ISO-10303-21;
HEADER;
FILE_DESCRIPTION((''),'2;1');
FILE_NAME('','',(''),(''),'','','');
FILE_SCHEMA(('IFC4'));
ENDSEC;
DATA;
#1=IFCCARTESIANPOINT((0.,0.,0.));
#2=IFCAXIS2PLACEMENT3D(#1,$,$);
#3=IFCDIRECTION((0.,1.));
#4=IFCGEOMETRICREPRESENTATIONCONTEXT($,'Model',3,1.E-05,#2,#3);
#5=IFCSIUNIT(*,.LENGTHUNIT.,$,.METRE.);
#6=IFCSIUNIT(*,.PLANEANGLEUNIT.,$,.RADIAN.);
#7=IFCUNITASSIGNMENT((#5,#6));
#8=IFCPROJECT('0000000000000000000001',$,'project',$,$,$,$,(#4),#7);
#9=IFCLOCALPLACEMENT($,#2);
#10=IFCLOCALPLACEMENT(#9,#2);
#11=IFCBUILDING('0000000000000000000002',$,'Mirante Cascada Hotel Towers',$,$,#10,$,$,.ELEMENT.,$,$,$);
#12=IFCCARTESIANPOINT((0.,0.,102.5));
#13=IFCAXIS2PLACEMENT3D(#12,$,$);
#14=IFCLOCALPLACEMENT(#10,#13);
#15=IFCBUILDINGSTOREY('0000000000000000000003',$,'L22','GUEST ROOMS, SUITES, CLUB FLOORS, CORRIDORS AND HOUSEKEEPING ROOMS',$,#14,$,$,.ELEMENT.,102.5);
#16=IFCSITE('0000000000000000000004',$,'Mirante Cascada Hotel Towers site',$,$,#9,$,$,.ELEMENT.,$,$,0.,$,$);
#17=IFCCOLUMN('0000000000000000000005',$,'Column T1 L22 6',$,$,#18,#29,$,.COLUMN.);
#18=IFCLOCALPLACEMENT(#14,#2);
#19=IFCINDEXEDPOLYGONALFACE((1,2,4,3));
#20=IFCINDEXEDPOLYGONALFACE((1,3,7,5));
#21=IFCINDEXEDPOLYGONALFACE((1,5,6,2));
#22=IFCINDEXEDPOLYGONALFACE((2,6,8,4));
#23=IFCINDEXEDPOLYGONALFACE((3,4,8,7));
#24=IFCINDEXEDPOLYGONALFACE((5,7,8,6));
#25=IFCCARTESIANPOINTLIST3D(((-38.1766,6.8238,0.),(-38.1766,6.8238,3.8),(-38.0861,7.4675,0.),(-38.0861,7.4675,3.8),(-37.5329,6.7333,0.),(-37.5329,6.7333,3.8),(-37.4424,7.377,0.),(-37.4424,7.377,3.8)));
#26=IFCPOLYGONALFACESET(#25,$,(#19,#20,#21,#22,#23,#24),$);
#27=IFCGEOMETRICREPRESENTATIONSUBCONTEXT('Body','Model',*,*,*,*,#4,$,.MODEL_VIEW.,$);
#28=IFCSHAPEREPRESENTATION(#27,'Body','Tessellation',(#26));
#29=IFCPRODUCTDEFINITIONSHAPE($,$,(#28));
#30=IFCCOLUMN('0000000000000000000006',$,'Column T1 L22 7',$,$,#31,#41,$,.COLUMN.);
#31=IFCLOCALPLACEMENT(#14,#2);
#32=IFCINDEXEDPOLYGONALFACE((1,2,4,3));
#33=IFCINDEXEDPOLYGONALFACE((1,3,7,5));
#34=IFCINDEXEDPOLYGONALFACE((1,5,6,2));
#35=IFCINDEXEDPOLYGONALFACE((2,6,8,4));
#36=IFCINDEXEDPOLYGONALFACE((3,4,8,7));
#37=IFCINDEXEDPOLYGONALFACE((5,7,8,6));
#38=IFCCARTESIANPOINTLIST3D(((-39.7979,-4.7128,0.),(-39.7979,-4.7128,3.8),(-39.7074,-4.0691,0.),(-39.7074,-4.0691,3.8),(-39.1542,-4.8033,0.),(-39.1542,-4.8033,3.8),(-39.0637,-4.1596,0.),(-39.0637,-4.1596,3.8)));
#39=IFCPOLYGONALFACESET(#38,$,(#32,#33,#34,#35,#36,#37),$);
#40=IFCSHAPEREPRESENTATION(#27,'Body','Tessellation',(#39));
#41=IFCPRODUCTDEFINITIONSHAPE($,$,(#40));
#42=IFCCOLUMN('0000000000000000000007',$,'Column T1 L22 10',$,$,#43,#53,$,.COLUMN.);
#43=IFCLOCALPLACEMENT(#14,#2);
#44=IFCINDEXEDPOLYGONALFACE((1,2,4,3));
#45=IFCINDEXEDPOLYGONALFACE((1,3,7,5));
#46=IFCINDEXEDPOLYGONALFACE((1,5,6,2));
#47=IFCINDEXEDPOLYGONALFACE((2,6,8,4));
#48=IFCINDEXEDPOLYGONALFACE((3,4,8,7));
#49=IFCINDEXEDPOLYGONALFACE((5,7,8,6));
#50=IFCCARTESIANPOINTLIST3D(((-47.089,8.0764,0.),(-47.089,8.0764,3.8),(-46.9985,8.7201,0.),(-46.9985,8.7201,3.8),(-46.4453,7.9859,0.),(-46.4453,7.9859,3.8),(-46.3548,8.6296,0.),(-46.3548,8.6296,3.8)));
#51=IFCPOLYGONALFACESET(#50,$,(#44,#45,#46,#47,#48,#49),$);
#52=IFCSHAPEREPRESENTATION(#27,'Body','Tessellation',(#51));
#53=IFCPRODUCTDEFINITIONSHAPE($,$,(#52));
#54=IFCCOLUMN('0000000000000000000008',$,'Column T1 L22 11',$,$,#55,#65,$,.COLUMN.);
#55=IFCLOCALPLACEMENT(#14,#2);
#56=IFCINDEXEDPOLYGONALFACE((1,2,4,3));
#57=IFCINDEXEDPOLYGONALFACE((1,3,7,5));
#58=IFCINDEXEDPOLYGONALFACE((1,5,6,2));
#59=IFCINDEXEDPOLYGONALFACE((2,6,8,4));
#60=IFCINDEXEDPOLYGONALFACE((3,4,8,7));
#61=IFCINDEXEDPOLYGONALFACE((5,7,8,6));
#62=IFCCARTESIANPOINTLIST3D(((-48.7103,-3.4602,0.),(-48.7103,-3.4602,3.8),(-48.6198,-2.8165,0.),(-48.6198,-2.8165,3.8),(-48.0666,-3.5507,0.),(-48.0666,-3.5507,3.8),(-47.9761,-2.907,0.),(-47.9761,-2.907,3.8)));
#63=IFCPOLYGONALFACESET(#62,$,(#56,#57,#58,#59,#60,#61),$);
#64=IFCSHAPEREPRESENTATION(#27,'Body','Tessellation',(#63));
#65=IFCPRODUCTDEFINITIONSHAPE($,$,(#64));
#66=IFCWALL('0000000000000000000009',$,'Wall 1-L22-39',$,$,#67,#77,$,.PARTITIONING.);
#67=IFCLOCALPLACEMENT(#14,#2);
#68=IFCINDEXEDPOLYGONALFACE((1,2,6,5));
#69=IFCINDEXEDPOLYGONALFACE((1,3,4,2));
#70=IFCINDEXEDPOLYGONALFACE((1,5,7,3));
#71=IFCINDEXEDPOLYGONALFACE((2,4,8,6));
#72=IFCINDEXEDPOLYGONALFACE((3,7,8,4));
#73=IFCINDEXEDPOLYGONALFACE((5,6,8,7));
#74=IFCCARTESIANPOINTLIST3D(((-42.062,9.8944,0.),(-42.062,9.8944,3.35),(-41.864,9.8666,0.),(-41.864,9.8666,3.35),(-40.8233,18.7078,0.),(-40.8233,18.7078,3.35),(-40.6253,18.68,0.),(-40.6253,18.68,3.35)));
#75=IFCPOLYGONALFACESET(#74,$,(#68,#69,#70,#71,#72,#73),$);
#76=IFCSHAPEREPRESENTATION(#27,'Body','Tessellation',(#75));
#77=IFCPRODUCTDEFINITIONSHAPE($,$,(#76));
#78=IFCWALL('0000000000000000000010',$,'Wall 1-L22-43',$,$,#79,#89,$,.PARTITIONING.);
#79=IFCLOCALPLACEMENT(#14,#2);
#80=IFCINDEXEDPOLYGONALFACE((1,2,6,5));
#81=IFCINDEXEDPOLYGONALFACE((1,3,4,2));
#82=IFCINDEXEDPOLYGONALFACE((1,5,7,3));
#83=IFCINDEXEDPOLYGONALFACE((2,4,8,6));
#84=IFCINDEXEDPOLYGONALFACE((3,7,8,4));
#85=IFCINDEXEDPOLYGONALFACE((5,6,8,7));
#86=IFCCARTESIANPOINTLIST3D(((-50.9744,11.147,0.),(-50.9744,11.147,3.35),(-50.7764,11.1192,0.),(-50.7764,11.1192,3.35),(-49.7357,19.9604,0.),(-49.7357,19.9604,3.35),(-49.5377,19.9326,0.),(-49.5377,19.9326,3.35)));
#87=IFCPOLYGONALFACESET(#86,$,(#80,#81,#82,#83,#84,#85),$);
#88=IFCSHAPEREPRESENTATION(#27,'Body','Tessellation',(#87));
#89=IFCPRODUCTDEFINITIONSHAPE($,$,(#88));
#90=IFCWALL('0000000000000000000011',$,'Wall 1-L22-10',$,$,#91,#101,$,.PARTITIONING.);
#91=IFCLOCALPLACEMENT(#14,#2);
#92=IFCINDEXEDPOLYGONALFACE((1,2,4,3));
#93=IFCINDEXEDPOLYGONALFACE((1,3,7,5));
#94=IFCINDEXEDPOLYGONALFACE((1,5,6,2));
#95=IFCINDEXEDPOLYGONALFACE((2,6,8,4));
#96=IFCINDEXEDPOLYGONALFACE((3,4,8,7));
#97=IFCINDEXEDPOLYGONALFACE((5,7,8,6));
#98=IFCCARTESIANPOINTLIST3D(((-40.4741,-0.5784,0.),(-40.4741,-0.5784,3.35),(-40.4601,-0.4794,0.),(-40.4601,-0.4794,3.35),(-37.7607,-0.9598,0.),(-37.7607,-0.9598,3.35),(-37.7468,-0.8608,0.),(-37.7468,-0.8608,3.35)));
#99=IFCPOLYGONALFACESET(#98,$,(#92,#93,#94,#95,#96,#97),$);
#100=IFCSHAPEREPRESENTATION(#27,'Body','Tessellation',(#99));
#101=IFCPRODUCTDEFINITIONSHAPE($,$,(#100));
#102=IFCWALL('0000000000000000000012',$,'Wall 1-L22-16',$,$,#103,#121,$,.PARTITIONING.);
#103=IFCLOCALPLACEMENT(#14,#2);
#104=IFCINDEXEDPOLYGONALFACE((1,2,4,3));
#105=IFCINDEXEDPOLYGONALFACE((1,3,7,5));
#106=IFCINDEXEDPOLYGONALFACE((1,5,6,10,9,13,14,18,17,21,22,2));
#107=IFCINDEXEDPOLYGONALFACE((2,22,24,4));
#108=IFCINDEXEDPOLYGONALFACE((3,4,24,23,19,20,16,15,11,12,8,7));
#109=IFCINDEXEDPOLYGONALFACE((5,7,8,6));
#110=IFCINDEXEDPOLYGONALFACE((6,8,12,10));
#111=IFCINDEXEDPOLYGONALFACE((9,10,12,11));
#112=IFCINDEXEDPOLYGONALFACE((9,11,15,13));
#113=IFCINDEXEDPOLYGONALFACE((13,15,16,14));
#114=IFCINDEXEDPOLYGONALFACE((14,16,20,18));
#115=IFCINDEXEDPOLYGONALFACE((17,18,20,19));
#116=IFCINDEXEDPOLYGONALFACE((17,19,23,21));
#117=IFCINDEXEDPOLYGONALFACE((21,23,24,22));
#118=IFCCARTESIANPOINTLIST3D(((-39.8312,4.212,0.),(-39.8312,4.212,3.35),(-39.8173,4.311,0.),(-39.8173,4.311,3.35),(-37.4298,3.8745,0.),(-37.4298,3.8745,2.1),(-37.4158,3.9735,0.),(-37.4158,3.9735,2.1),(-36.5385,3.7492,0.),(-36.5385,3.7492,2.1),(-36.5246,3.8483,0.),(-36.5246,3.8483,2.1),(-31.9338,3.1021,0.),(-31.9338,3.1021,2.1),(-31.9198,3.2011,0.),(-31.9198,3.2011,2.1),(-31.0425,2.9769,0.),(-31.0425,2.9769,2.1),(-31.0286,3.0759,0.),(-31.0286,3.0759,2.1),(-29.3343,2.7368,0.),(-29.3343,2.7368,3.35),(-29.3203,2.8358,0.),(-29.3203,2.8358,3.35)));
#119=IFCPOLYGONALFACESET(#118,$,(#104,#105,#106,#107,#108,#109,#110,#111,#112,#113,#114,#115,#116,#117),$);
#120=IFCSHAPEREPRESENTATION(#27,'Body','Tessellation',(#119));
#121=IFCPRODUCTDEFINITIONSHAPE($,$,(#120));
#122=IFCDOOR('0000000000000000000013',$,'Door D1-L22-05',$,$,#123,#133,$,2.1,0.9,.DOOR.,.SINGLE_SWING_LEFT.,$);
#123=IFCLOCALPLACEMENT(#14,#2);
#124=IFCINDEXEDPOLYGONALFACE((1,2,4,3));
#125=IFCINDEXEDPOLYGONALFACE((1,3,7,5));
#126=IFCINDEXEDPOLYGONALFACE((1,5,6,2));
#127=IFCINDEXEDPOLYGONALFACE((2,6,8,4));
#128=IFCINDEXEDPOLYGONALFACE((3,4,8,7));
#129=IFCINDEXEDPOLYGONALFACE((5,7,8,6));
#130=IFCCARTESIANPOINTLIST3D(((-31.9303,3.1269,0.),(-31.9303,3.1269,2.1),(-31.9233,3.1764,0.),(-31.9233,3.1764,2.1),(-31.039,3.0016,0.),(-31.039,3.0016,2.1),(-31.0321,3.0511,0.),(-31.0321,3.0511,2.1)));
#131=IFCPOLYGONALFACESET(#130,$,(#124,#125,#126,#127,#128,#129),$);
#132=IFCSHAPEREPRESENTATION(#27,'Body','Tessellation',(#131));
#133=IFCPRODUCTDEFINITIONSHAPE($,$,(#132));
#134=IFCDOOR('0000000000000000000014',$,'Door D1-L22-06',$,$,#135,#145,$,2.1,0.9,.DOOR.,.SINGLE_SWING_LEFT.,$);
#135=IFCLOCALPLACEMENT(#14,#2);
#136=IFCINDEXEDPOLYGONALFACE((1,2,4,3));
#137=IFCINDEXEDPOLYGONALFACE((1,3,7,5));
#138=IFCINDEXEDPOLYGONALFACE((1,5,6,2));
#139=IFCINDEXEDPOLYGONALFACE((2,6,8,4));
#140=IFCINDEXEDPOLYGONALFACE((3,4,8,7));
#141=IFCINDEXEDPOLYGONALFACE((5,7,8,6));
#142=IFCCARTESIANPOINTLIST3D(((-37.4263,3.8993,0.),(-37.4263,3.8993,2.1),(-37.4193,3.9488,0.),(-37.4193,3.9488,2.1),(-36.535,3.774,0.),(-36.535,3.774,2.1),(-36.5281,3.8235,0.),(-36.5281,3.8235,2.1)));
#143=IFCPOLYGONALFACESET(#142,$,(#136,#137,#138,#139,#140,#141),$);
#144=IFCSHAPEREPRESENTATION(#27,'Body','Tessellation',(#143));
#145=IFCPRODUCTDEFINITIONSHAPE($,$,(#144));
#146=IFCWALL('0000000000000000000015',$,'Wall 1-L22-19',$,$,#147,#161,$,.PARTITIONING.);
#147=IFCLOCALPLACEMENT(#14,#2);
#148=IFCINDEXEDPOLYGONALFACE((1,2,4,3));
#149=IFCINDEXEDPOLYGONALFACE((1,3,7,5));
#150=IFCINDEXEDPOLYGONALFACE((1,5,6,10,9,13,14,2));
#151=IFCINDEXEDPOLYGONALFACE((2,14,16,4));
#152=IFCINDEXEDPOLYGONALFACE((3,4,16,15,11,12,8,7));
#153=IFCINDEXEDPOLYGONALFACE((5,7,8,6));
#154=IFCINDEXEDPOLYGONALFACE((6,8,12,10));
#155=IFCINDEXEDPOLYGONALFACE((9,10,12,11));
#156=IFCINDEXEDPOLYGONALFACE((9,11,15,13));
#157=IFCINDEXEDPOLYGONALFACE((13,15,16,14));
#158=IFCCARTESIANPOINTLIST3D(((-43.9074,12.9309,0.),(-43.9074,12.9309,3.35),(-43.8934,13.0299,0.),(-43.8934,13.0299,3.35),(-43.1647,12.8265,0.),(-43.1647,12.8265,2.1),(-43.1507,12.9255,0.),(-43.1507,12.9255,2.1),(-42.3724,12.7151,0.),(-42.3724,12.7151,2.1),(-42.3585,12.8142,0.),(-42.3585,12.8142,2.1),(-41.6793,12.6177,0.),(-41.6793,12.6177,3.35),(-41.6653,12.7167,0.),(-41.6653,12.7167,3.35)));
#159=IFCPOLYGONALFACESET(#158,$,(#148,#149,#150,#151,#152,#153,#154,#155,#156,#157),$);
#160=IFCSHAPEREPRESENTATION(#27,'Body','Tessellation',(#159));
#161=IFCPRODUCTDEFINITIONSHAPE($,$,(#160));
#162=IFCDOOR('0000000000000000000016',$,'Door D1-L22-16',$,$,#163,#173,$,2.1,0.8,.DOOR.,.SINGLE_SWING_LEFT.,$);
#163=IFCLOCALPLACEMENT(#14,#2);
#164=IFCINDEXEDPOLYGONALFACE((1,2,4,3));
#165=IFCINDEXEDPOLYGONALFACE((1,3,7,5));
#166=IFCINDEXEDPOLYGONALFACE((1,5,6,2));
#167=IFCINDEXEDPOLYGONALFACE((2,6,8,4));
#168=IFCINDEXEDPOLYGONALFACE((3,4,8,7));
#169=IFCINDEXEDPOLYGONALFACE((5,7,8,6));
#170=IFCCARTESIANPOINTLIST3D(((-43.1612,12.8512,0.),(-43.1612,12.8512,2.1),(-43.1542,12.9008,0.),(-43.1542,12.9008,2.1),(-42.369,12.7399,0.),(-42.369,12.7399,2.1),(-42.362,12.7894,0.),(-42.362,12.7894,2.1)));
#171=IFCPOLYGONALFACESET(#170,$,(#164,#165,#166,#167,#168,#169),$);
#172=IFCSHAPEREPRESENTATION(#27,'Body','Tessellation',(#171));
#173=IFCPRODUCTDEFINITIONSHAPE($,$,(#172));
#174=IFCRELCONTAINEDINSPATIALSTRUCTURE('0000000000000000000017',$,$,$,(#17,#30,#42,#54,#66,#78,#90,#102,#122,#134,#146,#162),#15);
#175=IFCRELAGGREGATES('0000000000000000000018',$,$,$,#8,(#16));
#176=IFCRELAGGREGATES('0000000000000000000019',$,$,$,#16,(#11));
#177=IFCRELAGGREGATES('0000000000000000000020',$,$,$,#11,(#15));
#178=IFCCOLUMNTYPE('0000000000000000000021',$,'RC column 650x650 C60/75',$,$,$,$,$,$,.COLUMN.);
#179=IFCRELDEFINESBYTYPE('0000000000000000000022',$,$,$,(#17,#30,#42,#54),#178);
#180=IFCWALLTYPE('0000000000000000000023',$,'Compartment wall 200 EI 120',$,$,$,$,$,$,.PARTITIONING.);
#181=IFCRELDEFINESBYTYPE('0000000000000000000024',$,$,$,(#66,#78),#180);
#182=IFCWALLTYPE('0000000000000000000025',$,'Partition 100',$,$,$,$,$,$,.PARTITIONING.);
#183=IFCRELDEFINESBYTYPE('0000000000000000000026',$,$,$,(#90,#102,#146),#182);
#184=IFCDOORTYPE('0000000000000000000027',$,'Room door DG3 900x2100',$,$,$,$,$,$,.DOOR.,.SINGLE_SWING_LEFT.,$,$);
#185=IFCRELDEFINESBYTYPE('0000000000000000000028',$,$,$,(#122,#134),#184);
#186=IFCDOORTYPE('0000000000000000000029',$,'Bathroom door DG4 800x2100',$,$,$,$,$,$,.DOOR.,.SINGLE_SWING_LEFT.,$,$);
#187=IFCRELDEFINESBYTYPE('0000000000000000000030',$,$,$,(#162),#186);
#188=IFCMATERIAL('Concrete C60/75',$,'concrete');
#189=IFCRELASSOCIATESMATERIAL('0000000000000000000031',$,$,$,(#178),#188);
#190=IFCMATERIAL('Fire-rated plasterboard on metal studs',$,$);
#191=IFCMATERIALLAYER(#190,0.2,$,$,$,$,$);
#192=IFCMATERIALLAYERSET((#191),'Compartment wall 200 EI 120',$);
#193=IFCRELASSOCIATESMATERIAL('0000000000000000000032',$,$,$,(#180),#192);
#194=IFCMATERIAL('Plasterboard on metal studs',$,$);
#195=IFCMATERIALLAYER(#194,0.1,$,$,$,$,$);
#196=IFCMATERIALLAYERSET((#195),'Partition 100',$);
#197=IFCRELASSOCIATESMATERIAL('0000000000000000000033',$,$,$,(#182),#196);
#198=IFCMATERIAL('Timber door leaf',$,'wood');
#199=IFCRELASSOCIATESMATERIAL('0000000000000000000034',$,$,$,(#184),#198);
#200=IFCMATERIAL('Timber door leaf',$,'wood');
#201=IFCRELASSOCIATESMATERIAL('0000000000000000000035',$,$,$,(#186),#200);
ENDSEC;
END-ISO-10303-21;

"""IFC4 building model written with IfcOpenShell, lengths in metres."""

from ifc_helpers import new_model, si_unit, direction, frame, frame_2d, origin, origin_2d, place, context, subcontext, project, spatial, rectangle, extrude, material, layer, layer_set, material_profile, profile_set, type_object, element, fill, save


model = new_model("IFC4")

# Units and contexts
model_context = context("Model", 3, precision=1e-05, world=origin(), true_north=direction((0.0, 1.0)))
body_context = subcontext(model_context, "Body", "Model", "MODEL_VIEW")
ifc_project = project(units=[si_unit("LENGTHUNIT", "METRE"), si_unit("PLANEANGLEUNIT", "RADIAN")], contexts=[model_context])

# Site, building, storey
site_placement = place(None, origin())
site = spatial("IfcSite", under=ifc_project, at=site_placement, Name="Mirante Cascada Hotel Towers site", CompositionType="ELEMENT", RefElevation=0.0)
building_placement = place(site_placement, origin())
building = spatial("IfcBuilding", under=site, at=building_placement, Name="Mirante Cascada Hotel Towers", CompositionType="ELEMENT")
storey_placement = place(building_placement, frame((0.0, 0.0, 102.5)))
storey = spatial("IfcBuildingStorey", under=building, at=storey_placement, Name="L22", Description="GUEST ROOMS, SUITES, CLUB FLOORS, CORRIDORS AND HOUSEKEEPING ROOMS", CompositionType="ELEMENT", Elevation=102.5)

# Columns
ifc_material_1 = material(Name="Concrete C60/75", Category="concrete")
ifc_material_profile = material_profile(ifc_material_1, rectangle(XDim=0.65, YDim=0.65, at=origin_2d()), Name="RC column 650x650 C60/75")
ifc_profile_set = profile_set([ifc_material_profile], Name="Concrete C60/75")
column_type = type_object("IfcColumnType", Name="RC column 650x650 C60/75", PredefinedType="COLUMN", material=ifc_profile_set)
for number, where, z_axis, x_axis, name in (
    (1, (-37.8095, 7.1004, 0.0), (0.0, 0.0, 1.0), (-0.990268, 0.139173, 0.0), "Column T1 L22 6"),
    (2, (-39.4308, -4.4362, 0.0), (0.0, 0.0, 1.0), (-0.990268, 0.139173, 0.0), "Column T1 L22 7"),
    (3, (-46.7219, 8.353, 0.0), (0.0, 0.0, 1.0), (-0.990268, 0.139173, 0.0), "Column T1 L22 10"),
    (4, (-48.3432, -3.1836, 0.0), (0.0, 0.0, 1.0), (-0.990268, 0.139173, 0.0), "Column T1 L22 11"),
):
    element("IfcColumn", number, at=place(storey_placement, frame(where, z_axis=z_axis, x_axis=x_axis)), inside=storey, type_object=column_type, Name=name, PredefinedType="COLUMN", context=body_context, shape_type="SweptSolid", body=[
        extrude(rectangle(XDim=0.65, YDim=0.65, at=origin_2d()), origin(), (0.0, 0.0, 1.0), 3.8),
    ])

# Walls
ifc_material_2 = material(Name="Fire-rated plasterboard on metal studs")
ifc_layer_1 = layer(ifc_material_2, 0.2)
ifc_layer_set_1 = layer_set([ifc_layer_1], Name="Compartment wall 200 EI 120")
wall_type_1 = type_object("IfcWallType", Name="Compartment wall 200 EI 120", PredefinedType="PARTITIONING", material=ifc_layer_set_1)
for number, where, z_axis, x_axis, name in (
    (5, (-41.963, 9.8805, 0.0), (0.0, 0.0, 1.0), (0.139179, 0.990267, 0.0), "Wall 1-L22-39"),
    (6, (-50.8754, 11.1331, 0.0), (0.0, 0.0, 1.0), (0.139179, 0.990267, 0.0), "Wall 1-L22-43"),
):
    element("IfcWall", number, at=place(storey_placement, frame(where, z_axis=z_axis, x_axis=x_axis)), inside=storey, type_object=wall_type_1, Name=name, PredefinedType="PARTITIONING", context=body_context, shape_type="SweptSolid", body=[
        extrude(rectangle(XDim=8.9, YDim=0.2, at=frame_2d((4.45, 0.0))), origin(), (0.0, 0.0, 1.0), 3.35),
    ])
ifc_material_3 = material(Name="Plasterboard on metal studs")
ifc_layer_2 = layer(ifc_material_3, 0.1)
ifc_layer_set_2 = layer_set([ifc_layer_2], Name="Partition 100")
wall_type_2 = type_object("IfcWallType", Name="Partition 100", PredefinedType="PARTITIONING", material=ifc_layer_set_2)
wall_1_placement = place(storey_placement, frame((-40.4671, -0.5289, 0.0), z_axis=(0.0, 0.0, 1.0), x_axis=(0.990264, -0.139198, 0.0)))
element("IfcWall", 7, at=wall_1_placement, inside=storey, type_object=wall_type_2, Name="Wall 1-L22-10", PredefinedType="PARTITIONING", context=body_context, shape_type="SweptSolid", body=[
    extrude(rectangle(XDim=2.74, YDim=0.1, at=frame_2d((1.37, 0.0))), origin(), (0.0, 0.0, 1.0), 3.35),
])

# Wall, openings, doors
wall_2_placement = place(storey_placement, frame((-39.8242, 4.2615, 0.0), z_axis=(0.0, 0.0, 1.0), x_axis=(0.990269, -0.139169, 0.0)))
wall_2 = element("IfcWall", 8, at=wall_2_placement, inside=storey, type_object=wall_type_2, Name="Wall 1-L22-16", PredefinedType="PARTITIONING", context=body_context, shape_type="SweptSolid", body=[
    extrude(rectangle(XDim=10.6001, YDim=0.1, at=frame_2d((5.3, 0.0))), origin(), (0.0, 0.0, 1.0), 3.35),
])
opening_1_placement = place(wall_2_placement, frame((7.975, 0.0, 0.0)))
opening_1 = element("IfcOpeningElement", 9, at=opening_1_placement, cuts=wall_2, PredefinedType="OPENING", context=body_context, shape_type="SweptSolid", body=[
    extrude(rectangle(XDim=0.9, YDim=2.1, at=frame_2d((0.45, 1.05))), frame((0.0, 0.05, 0.0), z_axis=(0.0, -1.0, 0.0), x_axis=(1.0, 0.0, 0.0)), (0.0, 0.0, 1.0), 0.1),
])
opening_2_placement = place(wall_2_placement, frame((2.425, 0.0, 0.0)))
opening_2 = element("IfcOpeningElement", 10, at=opening_2_placement, cuts=wall_2, PredefinedType="OPENING", context=body_context, shape_type="SweptSolid", body=[
    extrude(rectangle(XDim=0.9, YDim=2.1, at=frame_2d((0.45, 1.05))), frame((0.0, 0.05, 0.0), z_axis=(0.0, -1.0, 0.0), x_axis=(1.0, 0.0, 0.0)), (0.0, 0.0, 1.0), 0.1),
])
ifc_material_4 = material(Name="Timber door leaf", Category="wood")
door_type_1 = type_object("IfcDoorType", Name="Room door DG3 900x2100", OperationType="SINGLE_SWING_LEFT", PredefinedType="DOOR", material=ifc_material_4)
door_1_placement = place(opening_1_placement, origin())
door_1 = element("IfcDoor", 11, at=door_1_placement, inside=storey, type_object=door_type_1, Name="Door D1-L22-05", OperationType="SINGLE_SWING_LEFT", OverallHeight=2.1, OverallWidth=0.9, PredefinedType="DOOR", context=body_context, shape_type="SweptSolid", body=[
    extrude(rectangle(XDim=0.9, YDim=2.1, at=frame_2d((0.45, 1.05))), frame((0.0, 0.025, 0.0), z_axis=(0.0, -1.0, 0.0), x_axis=(1.0, 0.0, 0.0)), (0.0, 0.0, 1.0), 0.05),
])
fill(opening_1, door_1)
door_2_placement = place(opening_2_placement, origin())
door_2 = element("IfcDoor", 12, at=door_2_placement, inside=storey, type_object=door_type_1, Name="Door D1-L22-06", OperationType="SINGLE_SWING_LEFT", OverallHeight=2.1, OverallWidth=0.9, PredefinedType="DOOR", context=body_context, shape_type="SweptSolid", body=[
    extrude(rectangle(XDim=0.9, YDim=2.1, at=frame_2d((0.45, 1.05))), frame((0.0, 0.025, 0.0), z_axis=(0.0, -1.0, 0.0), x_axis=(1.0, 0.0, 0.0)), (0.0, 0.0, 1.0), 0.05),
])
fill(opening_2, door_2)

# Wall, opening, door
wall_3_placement = place(storey_placement, frame((-41.6723, 12.6672, 0.0), z_axis=(0.0, 0.0, 1.0), x_axis=(-0.990264, 0.1392, 0.0)))
wall_3 = element("IfcWall", 13, at=wall_3_placement, inside=storey, type_object=wall_type_2, Name="Wall 1-L22-19", PredefinedType="PARTITIONING", context=body_context, shape_type="SweptSolid", body=[
    extrude(rectangle(XDim=2.25, YDim=0.1, at=frame_2d((1.125, 0.0))), origin(), (0.0, 0.0, 1.0), 3.35),
])
opening_3_placement = place(wall_3_placement, frame((0.7, 0.0, 0.0)))
opening_3 = element("IfcOpeningElement", 14, at=opening_3_placement, cuts=wall_3, PredefinedType="OPENING", context=body_context, shape_type="SweptSolid", body=[
    extrude(rectangle(XDim=0.8, YDim=2.1, at=frame_2d((0.4, 1.05))), frame((0.0, 0.05, 0.0), z_axis=(0.0, -1.0, 0.0), x_axis=(1.0, 0.0, 0.0)), (0.0, 0.0, 1.0), 0.1),
])
ifc_material_5 = material(Name="Timber door leaf", Category="wood")
door_type_2 = type_object("IfcDoorType", Name="Bathroom door DG4 800x2100", OperationType="SINGLE_SWING_LEFT", PredefinedType="DOOR", material=ifc_material_5)
door_3_placement = place(opening_3_placement, origin())
door_3 = element("IfcDoor", 15, at=door_3_placement, inside=storey, type_object=door_type_2, Name="Door D1-L22-16", OperationType="SINGLE_SWING_LEFT", OverallHeight=2.1, OverallWidth=0.8, PredefinedType="DOOR", context=body_context, shape_type="SweptSolid", body=[
    extrude(rectangle(XDim=0.8, YDim=2.1, at=frame_2d((0.4, 1.05))), frame((0.0, 0.025, 0.0), z_axis=(0.0, -1.0, 0.0), x_axis=(1.0, 0.0, 0.0)), (0.0, 0.0, 1.0), 0.05),
])
fill(opening_3, door_3)

save(model, "model.ifc")
